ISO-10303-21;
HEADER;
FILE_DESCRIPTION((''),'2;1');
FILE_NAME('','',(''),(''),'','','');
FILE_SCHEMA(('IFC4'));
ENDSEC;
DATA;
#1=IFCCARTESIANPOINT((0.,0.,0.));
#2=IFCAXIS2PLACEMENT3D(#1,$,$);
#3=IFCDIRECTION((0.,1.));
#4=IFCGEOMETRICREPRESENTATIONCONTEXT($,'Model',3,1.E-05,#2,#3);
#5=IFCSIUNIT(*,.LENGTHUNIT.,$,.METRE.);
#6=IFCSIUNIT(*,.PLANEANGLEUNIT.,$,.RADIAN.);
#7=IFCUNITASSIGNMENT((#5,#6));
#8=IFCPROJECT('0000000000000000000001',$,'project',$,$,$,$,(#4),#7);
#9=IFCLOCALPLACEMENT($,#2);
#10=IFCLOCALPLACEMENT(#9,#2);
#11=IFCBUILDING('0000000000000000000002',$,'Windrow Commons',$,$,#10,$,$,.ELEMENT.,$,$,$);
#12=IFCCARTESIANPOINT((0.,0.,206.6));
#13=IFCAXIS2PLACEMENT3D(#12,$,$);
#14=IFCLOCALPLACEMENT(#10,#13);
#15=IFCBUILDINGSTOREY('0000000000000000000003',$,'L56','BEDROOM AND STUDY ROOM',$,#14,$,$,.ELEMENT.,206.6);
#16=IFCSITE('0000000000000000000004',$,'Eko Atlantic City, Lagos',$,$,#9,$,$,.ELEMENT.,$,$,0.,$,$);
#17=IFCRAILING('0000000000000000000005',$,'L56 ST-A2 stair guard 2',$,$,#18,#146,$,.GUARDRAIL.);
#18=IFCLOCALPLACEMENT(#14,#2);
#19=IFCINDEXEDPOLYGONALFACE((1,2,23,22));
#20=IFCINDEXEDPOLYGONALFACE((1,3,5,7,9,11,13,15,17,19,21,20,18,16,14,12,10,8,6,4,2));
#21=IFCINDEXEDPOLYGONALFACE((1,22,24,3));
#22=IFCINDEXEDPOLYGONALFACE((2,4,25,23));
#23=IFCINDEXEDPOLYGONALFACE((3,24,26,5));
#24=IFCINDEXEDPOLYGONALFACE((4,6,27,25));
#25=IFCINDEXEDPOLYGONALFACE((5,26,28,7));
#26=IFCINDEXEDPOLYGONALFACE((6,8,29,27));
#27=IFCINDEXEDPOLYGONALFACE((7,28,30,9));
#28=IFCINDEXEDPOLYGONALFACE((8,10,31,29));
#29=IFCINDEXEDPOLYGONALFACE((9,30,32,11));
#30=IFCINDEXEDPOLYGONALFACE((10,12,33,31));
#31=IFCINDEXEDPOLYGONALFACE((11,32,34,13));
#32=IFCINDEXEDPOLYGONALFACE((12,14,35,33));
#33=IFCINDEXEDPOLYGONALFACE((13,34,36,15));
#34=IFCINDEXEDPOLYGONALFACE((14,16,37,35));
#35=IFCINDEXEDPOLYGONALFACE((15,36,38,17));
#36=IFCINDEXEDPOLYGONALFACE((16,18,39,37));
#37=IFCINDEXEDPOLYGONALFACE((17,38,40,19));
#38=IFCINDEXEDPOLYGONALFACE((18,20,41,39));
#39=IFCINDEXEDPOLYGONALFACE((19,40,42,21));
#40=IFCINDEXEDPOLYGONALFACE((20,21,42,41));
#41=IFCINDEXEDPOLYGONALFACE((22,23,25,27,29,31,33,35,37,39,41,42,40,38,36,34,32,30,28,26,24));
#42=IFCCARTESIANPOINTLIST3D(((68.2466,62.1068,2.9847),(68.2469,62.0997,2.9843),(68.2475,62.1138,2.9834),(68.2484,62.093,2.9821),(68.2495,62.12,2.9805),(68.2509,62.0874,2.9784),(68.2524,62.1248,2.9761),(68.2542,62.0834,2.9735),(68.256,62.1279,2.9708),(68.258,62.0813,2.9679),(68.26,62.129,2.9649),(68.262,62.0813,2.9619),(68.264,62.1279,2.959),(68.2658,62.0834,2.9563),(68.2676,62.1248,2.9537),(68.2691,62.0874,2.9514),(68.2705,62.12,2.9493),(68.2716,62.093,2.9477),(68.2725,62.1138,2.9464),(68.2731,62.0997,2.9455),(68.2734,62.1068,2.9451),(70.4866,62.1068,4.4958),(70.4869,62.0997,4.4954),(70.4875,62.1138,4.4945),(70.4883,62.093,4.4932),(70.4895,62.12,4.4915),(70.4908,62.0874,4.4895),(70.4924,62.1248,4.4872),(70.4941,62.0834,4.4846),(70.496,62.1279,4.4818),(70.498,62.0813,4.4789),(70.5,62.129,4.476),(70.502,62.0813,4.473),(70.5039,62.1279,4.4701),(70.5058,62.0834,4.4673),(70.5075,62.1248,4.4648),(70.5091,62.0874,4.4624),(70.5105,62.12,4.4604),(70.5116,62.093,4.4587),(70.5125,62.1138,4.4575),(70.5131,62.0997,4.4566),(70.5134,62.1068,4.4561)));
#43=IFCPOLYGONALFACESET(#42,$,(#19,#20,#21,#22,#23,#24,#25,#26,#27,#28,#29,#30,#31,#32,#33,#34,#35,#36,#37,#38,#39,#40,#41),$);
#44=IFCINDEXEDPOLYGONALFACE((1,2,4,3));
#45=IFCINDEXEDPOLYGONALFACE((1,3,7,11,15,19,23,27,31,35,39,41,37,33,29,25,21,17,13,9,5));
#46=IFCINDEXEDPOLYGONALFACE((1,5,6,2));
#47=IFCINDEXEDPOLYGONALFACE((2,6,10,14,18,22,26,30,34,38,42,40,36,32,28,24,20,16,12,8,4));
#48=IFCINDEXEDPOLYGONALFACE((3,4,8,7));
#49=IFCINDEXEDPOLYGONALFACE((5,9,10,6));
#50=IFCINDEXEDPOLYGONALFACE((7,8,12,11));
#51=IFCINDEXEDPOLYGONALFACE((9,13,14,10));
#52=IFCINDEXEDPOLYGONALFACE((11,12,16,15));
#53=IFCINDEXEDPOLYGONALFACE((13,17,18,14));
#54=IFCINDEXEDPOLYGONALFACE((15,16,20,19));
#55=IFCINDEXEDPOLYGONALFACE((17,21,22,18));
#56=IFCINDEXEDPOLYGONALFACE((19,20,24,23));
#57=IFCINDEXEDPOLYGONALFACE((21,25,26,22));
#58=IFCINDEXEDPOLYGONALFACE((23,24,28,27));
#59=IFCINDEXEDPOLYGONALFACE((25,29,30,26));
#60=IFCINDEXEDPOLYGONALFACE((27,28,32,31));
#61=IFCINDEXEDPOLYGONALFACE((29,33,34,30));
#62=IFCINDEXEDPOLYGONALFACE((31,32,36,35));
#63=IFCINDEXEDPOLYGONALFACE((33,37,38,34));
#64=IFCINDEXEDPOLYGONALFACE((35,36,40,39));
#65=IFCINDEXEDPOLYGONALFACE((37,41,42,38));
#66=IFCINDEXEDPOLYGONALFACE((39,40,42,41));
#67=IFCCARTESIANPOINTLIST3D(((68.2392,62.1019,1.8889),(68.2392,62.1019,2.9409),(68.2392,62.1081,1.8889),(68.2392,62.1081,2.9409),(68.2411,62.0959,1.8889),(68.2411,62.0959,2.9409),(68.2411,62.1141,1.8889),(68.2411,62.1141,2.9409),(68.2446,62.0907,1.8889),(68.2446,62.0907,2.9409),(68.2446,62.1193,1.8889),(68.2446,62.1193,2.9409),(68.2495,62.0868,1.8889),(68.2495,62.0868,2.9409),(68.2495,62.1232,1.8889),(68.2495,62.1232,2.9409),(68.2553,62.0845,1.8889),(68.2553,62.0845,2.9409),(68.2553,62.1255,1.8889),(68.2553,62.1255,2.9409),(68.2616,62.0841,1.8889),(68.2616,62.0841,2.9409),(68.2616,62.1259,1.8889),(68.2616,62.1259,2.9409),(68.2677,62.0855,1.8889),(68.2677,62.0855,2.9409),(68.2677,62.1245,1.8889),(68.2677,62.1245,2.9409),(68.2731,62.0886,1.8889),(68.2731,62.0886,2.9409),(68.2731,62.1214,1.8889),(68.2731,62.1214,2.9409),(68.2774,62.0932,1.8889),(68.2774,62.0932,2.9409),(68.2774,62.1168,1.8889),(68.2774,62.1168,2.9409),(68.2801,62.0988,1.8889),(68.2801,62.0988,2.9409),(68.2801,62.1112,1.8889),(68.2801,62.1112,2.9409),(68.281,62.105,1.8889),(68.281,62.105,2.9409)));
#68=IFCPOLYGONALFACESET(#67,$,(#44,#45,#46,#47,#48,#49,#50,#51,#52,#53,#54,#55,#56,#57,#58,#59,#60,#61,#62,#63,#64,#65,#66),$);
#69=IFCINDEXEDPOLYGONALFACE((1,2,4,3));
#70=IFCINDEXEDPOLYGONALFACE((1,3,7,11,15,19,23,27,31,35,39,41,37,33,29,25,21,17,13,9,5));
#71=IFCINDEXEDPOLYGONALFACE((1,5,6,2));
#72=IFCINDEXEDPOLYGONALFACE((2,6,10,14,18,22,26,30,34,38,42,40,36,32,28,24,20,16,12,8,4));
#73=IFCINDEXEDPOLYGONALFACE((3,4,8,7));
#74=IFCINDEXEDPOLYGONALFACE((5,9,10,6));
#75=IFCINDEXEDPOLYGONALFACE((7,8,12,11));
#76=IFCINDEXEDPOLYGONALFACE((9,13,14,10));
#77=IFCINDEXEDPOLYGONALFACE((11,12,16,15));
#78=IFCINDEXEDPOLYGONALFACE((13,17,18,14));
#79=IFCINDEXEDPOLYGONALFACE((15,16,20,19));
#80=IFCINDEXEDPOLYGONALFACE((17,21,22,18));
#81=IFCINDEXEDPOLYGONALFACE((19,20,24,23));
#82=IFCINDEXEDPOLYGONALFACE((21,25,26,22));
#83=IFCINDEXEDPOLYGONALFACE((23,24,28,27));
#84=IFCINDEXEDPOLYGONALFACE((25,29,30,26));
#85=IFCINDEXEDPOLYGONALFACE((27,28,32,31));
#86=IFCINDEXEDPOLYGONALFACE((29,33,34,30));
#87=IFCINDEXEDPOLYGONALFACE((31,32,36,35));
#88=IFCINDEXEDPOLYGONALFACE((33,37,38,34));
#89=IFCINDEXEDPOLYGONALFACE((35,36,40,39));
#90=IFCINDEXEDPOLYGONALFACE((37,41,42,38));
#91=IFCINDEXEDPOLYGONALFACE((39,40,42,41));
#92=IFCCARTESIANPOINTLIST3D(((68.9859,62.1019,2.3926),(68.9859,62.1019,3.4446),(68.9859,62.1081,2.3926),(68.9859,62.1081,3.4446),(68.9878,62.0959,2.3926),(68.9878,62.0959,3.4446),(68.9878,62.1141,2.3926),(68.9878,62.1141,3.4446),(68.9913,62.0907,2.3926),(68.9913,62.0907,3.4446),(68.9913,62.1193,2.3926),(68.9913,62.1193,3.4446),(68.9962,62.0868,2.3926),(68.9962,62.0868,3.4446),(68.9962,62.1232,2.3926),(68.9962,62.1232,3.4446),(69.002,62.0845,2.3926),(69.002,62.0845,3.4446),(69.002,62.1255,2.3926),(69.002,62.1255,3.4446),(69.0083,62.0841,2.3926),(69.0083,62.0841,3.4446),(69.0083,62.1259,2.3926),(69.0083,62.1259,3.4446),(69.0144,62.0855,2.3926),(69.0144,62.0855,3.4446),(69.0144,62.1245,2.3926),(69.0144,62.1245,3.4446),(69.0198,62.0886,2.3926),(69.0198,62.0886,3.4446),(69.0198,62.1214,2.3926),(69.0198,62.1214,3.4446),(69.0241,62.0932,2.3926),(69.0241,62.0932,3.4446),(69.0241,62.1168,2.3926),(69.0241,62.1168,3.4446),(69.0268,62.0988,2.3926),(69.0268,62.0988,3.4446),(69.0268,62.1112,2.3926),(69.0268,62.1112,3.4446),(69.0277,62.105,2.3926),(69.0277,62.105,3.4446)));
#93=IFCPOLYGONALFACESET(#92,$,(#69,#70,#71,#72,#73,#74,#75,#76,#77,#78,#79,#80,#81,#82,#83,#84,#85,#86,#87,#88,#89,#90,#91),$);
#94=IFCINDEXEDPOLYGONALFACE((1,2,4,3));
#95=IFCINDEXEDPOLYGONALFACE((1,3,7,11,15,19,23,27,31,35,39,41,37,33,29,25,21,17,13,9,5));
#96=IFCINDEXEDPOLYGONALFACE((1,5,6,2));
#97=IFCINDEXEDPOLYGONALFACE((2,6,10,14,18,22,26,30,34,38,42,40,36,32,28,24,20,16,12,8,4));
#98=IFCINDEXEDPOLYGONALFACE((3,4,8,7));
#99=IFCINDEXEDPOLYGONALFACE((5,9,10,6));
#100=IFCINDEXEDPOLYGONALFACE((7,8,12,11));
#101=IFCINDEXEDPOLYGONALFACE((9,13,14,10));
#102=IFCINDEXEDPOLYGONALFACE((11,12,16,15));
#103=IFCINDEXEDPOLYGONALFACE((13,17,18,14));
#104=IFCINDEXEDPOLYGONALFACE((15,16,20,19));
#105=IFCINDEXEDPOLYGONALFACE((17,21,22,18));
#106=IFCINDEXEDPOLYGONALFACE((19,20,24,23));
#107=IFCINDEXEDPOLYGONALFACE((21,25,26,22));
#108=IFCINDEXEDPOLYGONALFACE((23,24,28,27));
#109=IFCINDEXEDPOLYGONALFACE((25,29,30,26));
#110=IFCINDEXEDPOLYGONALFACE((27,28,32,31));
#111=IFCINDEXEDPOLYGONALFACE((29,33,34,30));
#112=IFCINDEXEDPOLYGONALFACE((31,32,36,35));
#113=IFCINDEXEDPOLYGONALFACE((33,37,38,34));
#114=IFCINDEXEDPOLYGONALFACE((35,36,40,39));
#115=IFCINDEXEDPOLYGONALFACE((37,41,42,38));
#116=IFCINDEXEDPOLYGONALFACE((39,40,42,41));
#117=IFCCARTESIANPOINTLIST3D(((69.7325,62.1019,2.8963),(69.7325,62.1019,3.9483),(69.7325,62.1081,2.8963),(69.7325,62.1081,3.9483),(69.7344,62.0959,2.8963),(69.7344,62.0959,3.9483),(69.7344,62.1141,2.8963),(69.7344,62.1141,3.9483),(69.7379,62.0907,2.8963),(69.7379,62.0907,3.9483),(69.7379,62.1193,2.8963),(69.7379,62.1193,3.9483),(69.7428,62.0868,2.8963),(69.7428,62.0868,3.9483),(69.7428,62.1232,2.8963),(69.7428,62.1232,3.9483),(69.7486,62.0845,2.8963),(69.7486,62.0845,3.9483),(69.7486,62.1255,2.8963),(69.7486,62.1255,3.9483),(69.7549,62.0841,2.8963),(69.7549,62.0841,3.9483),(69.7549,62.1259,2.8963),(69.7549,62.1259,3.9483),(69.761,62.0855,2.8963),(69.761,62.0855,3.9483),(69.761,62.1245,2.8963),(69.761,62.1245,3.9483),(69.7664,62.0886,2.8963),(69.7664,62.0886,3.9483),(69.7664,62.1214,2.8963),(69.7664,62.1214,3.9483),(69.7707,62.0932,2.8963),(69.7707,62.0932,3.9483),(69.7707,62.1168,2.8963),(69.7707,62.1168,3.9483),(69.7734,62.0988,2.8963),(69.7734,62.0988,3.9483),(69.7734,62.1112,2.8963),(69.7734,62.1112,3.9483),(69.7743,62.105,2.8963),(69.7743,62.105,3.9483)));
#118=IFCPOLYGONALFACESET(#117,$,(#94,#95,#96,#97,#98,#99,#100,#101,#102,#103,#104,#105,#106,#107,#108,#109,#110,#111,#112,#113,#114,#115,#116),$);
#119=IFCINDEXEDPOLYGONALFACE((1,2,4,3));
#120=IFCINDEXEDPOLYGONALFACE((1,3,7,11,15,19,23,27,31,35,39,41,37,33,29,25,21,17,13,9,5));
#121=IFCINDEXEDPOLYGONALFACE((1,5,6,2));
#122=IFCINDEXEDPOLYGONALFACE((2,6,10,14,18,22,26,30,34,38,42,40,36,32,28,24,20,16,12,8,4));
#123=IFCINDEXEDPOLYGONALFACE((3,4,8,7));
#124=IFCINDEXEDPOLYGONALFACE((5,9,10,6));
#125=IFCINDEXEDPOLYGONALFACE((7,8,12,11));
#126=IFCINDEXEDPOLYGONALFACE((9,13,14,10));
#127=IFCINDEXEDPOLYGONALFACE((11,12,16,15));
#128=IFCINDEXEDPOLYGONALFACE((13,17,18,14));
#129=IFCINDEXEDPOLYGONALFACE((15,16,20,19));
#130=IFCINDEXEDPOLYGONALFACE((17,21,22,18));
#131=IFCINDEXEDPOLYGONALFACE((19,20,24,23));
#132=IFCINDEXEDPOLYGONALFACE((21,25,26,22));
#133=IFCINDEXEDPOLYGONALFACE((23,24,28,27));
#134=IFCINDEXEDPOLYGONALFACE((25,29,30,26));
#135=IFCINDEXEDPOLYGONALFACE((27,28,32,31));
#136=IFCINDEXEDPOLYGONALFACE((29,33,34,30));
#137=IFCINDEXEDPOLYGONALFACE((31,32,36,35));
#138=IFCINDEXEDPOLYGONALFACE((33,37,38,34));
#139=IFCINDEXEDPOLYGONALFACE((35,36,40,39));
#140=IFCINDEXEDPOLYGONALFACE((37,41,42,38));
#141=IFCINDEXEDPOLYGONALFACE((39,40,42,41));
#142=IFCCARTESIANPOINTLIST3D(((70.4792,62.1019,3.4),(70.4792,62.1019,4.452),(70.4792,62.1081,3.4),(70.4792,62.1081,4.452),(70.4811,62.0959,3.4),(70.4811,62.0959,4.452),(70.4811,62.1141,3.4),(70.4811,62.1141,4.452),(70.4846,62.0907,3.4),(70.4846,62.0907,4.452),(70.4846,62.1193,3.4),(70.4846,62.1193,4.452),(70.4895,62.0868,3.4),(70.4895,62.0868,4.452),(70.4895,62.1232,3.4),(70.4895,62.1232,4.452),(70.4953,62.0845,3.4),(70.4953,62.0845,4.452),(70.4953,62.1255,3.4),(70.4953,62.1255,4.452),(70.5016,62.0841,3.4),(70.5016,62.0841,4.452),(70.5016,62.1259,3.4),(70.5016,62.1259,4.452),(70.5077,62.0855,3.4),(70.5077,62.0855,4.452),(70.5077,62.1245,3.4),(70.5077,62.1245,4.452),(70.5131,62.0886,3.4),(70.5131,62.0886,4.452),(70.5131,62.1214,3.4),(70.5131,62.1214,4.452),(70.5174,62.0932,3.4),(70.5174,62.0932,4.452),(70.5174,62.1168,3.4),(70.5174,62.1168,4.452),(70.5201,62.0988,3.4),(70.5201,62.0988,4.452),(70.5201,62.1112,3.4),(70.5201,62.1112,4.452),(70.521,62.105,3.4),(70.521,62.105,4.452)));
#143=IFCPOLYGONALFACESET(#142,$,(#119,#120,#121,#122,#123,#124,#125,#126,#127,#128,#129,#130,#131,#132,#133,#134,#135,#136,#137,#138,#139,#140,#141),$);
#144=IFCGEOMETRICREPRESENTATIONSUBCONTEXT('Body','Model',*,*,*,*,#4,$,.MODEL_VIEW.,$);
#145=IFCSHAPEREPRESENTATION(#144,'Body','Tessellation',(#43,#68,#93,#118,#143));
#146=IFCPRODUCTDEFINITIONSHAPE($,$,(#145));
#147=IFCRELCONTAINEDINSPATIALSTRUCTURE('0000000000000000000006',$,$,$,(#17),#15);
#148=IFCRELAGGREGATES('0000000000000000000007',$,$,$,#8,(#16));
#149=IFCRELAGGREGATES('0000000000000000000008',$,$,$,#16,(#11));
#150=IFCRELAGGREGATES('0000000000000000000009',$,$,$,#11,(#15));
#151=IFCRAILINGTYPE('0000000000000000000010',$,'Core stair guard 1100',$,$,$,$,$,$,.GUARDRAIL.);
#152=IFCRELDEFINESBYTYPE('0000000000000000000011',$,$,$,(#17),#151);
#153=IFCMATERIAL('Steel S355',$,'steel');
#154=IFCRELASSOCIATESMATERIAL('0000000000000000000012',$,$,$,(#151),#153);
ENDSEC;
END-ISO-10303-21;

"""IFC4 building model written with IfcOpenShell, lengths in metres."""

from ifc_helpers import new_model, si_unit, direction, frame, origin, origin_2d, place, context, subcontext, project, spatial, circle, extrude, material, type_object, element, save


model = new_model("IFC4")

# Units and contexts
model_context = context("Model", 3, precision=1e-05, world=origin(), true_north=direction((0.0, 1.0)))
body_context = subcontext(model_context, "Body", "Model", "MODEL_VIEW")
ifc_project = project(units=[si_unit("LENGTHUNIT", "METRE"), si_unit("PLANEANGLEUNIT", "RADIAN")], contexts=[model_context])

# Site, building, storey
site_placement = place(None, origin())
site = spatial("IfcSite", under=ifc_project, at=site_placement, Name="Eko Atlantic City, Lagos", CompositionType="ELEMENT", RefElevation=0.0)
building_placement = place(site_placement, origin())
building = spatial("IfcBuilding", under=site, at=building_placement, Name="Windrow Commons", CompositionType="ELEMENT")
storey_placement = place(building_placement, frame((0.0, 0.0, 206.6)))
storey = spatial("IfcBuildingStorey", under=building, at=storey_placement, Name="L56", Description="BEDROOM AND STUDY ROOM", CompositionType="ELEMENT", Elevation=206.6)

# Railing
ifc_material_1 = material(Name="Steel S355", Category="steel")
railing_type_1 = type_object("IfcRailingType", Name="Core stair guard 1100", PredefinedType="GUARDRAIL", material=ifc_material_1)
railing_1_placement = place(storey_placement, frame((68.26, 62.105, 1.8889)))
element("IfcRailing", 1, at=railing_1_placement, inside=storey, type_object=railing_type_1, Name="L56 ST-A2 stair guard 2", PredefinedType="GUARDRAIL", context=body_context, shape_type="SweptSolid", body=[
    extrude(circle(Radius=0.024, at=origin_2d()), frame((0.0, 0.0, 1.076), z_axis=(0.829003, 0.0, 0.559244), x_axis=(0.0, 1.0, 0.0)), (0.0, 0.0, 1.0), 2.702),
    extrude(circle(Radius=0.021, at=origin_2d()), origin(), (0.0, 0.0, 1.0), 1.052),
    extrude(circle(Radius=0.021, at=origin_2d()), frame((0.7467, 0.0, 0.5037)), (0.0, 0.0, 1.0), 1.052),
    extrude(circle(Radius=0.021, at=origin_2d()), frame((1.4933, 0.0, 1.0074)), (0.0, 0.0, 1.0), 1.052),
    extrude(circle(Radius=0.021, at=origin_2d()), frame((2.24, 0.0, 1.5111)), (0.0, 0.0, 1.0), 1.052),
])

save(model, "model.ifc")
